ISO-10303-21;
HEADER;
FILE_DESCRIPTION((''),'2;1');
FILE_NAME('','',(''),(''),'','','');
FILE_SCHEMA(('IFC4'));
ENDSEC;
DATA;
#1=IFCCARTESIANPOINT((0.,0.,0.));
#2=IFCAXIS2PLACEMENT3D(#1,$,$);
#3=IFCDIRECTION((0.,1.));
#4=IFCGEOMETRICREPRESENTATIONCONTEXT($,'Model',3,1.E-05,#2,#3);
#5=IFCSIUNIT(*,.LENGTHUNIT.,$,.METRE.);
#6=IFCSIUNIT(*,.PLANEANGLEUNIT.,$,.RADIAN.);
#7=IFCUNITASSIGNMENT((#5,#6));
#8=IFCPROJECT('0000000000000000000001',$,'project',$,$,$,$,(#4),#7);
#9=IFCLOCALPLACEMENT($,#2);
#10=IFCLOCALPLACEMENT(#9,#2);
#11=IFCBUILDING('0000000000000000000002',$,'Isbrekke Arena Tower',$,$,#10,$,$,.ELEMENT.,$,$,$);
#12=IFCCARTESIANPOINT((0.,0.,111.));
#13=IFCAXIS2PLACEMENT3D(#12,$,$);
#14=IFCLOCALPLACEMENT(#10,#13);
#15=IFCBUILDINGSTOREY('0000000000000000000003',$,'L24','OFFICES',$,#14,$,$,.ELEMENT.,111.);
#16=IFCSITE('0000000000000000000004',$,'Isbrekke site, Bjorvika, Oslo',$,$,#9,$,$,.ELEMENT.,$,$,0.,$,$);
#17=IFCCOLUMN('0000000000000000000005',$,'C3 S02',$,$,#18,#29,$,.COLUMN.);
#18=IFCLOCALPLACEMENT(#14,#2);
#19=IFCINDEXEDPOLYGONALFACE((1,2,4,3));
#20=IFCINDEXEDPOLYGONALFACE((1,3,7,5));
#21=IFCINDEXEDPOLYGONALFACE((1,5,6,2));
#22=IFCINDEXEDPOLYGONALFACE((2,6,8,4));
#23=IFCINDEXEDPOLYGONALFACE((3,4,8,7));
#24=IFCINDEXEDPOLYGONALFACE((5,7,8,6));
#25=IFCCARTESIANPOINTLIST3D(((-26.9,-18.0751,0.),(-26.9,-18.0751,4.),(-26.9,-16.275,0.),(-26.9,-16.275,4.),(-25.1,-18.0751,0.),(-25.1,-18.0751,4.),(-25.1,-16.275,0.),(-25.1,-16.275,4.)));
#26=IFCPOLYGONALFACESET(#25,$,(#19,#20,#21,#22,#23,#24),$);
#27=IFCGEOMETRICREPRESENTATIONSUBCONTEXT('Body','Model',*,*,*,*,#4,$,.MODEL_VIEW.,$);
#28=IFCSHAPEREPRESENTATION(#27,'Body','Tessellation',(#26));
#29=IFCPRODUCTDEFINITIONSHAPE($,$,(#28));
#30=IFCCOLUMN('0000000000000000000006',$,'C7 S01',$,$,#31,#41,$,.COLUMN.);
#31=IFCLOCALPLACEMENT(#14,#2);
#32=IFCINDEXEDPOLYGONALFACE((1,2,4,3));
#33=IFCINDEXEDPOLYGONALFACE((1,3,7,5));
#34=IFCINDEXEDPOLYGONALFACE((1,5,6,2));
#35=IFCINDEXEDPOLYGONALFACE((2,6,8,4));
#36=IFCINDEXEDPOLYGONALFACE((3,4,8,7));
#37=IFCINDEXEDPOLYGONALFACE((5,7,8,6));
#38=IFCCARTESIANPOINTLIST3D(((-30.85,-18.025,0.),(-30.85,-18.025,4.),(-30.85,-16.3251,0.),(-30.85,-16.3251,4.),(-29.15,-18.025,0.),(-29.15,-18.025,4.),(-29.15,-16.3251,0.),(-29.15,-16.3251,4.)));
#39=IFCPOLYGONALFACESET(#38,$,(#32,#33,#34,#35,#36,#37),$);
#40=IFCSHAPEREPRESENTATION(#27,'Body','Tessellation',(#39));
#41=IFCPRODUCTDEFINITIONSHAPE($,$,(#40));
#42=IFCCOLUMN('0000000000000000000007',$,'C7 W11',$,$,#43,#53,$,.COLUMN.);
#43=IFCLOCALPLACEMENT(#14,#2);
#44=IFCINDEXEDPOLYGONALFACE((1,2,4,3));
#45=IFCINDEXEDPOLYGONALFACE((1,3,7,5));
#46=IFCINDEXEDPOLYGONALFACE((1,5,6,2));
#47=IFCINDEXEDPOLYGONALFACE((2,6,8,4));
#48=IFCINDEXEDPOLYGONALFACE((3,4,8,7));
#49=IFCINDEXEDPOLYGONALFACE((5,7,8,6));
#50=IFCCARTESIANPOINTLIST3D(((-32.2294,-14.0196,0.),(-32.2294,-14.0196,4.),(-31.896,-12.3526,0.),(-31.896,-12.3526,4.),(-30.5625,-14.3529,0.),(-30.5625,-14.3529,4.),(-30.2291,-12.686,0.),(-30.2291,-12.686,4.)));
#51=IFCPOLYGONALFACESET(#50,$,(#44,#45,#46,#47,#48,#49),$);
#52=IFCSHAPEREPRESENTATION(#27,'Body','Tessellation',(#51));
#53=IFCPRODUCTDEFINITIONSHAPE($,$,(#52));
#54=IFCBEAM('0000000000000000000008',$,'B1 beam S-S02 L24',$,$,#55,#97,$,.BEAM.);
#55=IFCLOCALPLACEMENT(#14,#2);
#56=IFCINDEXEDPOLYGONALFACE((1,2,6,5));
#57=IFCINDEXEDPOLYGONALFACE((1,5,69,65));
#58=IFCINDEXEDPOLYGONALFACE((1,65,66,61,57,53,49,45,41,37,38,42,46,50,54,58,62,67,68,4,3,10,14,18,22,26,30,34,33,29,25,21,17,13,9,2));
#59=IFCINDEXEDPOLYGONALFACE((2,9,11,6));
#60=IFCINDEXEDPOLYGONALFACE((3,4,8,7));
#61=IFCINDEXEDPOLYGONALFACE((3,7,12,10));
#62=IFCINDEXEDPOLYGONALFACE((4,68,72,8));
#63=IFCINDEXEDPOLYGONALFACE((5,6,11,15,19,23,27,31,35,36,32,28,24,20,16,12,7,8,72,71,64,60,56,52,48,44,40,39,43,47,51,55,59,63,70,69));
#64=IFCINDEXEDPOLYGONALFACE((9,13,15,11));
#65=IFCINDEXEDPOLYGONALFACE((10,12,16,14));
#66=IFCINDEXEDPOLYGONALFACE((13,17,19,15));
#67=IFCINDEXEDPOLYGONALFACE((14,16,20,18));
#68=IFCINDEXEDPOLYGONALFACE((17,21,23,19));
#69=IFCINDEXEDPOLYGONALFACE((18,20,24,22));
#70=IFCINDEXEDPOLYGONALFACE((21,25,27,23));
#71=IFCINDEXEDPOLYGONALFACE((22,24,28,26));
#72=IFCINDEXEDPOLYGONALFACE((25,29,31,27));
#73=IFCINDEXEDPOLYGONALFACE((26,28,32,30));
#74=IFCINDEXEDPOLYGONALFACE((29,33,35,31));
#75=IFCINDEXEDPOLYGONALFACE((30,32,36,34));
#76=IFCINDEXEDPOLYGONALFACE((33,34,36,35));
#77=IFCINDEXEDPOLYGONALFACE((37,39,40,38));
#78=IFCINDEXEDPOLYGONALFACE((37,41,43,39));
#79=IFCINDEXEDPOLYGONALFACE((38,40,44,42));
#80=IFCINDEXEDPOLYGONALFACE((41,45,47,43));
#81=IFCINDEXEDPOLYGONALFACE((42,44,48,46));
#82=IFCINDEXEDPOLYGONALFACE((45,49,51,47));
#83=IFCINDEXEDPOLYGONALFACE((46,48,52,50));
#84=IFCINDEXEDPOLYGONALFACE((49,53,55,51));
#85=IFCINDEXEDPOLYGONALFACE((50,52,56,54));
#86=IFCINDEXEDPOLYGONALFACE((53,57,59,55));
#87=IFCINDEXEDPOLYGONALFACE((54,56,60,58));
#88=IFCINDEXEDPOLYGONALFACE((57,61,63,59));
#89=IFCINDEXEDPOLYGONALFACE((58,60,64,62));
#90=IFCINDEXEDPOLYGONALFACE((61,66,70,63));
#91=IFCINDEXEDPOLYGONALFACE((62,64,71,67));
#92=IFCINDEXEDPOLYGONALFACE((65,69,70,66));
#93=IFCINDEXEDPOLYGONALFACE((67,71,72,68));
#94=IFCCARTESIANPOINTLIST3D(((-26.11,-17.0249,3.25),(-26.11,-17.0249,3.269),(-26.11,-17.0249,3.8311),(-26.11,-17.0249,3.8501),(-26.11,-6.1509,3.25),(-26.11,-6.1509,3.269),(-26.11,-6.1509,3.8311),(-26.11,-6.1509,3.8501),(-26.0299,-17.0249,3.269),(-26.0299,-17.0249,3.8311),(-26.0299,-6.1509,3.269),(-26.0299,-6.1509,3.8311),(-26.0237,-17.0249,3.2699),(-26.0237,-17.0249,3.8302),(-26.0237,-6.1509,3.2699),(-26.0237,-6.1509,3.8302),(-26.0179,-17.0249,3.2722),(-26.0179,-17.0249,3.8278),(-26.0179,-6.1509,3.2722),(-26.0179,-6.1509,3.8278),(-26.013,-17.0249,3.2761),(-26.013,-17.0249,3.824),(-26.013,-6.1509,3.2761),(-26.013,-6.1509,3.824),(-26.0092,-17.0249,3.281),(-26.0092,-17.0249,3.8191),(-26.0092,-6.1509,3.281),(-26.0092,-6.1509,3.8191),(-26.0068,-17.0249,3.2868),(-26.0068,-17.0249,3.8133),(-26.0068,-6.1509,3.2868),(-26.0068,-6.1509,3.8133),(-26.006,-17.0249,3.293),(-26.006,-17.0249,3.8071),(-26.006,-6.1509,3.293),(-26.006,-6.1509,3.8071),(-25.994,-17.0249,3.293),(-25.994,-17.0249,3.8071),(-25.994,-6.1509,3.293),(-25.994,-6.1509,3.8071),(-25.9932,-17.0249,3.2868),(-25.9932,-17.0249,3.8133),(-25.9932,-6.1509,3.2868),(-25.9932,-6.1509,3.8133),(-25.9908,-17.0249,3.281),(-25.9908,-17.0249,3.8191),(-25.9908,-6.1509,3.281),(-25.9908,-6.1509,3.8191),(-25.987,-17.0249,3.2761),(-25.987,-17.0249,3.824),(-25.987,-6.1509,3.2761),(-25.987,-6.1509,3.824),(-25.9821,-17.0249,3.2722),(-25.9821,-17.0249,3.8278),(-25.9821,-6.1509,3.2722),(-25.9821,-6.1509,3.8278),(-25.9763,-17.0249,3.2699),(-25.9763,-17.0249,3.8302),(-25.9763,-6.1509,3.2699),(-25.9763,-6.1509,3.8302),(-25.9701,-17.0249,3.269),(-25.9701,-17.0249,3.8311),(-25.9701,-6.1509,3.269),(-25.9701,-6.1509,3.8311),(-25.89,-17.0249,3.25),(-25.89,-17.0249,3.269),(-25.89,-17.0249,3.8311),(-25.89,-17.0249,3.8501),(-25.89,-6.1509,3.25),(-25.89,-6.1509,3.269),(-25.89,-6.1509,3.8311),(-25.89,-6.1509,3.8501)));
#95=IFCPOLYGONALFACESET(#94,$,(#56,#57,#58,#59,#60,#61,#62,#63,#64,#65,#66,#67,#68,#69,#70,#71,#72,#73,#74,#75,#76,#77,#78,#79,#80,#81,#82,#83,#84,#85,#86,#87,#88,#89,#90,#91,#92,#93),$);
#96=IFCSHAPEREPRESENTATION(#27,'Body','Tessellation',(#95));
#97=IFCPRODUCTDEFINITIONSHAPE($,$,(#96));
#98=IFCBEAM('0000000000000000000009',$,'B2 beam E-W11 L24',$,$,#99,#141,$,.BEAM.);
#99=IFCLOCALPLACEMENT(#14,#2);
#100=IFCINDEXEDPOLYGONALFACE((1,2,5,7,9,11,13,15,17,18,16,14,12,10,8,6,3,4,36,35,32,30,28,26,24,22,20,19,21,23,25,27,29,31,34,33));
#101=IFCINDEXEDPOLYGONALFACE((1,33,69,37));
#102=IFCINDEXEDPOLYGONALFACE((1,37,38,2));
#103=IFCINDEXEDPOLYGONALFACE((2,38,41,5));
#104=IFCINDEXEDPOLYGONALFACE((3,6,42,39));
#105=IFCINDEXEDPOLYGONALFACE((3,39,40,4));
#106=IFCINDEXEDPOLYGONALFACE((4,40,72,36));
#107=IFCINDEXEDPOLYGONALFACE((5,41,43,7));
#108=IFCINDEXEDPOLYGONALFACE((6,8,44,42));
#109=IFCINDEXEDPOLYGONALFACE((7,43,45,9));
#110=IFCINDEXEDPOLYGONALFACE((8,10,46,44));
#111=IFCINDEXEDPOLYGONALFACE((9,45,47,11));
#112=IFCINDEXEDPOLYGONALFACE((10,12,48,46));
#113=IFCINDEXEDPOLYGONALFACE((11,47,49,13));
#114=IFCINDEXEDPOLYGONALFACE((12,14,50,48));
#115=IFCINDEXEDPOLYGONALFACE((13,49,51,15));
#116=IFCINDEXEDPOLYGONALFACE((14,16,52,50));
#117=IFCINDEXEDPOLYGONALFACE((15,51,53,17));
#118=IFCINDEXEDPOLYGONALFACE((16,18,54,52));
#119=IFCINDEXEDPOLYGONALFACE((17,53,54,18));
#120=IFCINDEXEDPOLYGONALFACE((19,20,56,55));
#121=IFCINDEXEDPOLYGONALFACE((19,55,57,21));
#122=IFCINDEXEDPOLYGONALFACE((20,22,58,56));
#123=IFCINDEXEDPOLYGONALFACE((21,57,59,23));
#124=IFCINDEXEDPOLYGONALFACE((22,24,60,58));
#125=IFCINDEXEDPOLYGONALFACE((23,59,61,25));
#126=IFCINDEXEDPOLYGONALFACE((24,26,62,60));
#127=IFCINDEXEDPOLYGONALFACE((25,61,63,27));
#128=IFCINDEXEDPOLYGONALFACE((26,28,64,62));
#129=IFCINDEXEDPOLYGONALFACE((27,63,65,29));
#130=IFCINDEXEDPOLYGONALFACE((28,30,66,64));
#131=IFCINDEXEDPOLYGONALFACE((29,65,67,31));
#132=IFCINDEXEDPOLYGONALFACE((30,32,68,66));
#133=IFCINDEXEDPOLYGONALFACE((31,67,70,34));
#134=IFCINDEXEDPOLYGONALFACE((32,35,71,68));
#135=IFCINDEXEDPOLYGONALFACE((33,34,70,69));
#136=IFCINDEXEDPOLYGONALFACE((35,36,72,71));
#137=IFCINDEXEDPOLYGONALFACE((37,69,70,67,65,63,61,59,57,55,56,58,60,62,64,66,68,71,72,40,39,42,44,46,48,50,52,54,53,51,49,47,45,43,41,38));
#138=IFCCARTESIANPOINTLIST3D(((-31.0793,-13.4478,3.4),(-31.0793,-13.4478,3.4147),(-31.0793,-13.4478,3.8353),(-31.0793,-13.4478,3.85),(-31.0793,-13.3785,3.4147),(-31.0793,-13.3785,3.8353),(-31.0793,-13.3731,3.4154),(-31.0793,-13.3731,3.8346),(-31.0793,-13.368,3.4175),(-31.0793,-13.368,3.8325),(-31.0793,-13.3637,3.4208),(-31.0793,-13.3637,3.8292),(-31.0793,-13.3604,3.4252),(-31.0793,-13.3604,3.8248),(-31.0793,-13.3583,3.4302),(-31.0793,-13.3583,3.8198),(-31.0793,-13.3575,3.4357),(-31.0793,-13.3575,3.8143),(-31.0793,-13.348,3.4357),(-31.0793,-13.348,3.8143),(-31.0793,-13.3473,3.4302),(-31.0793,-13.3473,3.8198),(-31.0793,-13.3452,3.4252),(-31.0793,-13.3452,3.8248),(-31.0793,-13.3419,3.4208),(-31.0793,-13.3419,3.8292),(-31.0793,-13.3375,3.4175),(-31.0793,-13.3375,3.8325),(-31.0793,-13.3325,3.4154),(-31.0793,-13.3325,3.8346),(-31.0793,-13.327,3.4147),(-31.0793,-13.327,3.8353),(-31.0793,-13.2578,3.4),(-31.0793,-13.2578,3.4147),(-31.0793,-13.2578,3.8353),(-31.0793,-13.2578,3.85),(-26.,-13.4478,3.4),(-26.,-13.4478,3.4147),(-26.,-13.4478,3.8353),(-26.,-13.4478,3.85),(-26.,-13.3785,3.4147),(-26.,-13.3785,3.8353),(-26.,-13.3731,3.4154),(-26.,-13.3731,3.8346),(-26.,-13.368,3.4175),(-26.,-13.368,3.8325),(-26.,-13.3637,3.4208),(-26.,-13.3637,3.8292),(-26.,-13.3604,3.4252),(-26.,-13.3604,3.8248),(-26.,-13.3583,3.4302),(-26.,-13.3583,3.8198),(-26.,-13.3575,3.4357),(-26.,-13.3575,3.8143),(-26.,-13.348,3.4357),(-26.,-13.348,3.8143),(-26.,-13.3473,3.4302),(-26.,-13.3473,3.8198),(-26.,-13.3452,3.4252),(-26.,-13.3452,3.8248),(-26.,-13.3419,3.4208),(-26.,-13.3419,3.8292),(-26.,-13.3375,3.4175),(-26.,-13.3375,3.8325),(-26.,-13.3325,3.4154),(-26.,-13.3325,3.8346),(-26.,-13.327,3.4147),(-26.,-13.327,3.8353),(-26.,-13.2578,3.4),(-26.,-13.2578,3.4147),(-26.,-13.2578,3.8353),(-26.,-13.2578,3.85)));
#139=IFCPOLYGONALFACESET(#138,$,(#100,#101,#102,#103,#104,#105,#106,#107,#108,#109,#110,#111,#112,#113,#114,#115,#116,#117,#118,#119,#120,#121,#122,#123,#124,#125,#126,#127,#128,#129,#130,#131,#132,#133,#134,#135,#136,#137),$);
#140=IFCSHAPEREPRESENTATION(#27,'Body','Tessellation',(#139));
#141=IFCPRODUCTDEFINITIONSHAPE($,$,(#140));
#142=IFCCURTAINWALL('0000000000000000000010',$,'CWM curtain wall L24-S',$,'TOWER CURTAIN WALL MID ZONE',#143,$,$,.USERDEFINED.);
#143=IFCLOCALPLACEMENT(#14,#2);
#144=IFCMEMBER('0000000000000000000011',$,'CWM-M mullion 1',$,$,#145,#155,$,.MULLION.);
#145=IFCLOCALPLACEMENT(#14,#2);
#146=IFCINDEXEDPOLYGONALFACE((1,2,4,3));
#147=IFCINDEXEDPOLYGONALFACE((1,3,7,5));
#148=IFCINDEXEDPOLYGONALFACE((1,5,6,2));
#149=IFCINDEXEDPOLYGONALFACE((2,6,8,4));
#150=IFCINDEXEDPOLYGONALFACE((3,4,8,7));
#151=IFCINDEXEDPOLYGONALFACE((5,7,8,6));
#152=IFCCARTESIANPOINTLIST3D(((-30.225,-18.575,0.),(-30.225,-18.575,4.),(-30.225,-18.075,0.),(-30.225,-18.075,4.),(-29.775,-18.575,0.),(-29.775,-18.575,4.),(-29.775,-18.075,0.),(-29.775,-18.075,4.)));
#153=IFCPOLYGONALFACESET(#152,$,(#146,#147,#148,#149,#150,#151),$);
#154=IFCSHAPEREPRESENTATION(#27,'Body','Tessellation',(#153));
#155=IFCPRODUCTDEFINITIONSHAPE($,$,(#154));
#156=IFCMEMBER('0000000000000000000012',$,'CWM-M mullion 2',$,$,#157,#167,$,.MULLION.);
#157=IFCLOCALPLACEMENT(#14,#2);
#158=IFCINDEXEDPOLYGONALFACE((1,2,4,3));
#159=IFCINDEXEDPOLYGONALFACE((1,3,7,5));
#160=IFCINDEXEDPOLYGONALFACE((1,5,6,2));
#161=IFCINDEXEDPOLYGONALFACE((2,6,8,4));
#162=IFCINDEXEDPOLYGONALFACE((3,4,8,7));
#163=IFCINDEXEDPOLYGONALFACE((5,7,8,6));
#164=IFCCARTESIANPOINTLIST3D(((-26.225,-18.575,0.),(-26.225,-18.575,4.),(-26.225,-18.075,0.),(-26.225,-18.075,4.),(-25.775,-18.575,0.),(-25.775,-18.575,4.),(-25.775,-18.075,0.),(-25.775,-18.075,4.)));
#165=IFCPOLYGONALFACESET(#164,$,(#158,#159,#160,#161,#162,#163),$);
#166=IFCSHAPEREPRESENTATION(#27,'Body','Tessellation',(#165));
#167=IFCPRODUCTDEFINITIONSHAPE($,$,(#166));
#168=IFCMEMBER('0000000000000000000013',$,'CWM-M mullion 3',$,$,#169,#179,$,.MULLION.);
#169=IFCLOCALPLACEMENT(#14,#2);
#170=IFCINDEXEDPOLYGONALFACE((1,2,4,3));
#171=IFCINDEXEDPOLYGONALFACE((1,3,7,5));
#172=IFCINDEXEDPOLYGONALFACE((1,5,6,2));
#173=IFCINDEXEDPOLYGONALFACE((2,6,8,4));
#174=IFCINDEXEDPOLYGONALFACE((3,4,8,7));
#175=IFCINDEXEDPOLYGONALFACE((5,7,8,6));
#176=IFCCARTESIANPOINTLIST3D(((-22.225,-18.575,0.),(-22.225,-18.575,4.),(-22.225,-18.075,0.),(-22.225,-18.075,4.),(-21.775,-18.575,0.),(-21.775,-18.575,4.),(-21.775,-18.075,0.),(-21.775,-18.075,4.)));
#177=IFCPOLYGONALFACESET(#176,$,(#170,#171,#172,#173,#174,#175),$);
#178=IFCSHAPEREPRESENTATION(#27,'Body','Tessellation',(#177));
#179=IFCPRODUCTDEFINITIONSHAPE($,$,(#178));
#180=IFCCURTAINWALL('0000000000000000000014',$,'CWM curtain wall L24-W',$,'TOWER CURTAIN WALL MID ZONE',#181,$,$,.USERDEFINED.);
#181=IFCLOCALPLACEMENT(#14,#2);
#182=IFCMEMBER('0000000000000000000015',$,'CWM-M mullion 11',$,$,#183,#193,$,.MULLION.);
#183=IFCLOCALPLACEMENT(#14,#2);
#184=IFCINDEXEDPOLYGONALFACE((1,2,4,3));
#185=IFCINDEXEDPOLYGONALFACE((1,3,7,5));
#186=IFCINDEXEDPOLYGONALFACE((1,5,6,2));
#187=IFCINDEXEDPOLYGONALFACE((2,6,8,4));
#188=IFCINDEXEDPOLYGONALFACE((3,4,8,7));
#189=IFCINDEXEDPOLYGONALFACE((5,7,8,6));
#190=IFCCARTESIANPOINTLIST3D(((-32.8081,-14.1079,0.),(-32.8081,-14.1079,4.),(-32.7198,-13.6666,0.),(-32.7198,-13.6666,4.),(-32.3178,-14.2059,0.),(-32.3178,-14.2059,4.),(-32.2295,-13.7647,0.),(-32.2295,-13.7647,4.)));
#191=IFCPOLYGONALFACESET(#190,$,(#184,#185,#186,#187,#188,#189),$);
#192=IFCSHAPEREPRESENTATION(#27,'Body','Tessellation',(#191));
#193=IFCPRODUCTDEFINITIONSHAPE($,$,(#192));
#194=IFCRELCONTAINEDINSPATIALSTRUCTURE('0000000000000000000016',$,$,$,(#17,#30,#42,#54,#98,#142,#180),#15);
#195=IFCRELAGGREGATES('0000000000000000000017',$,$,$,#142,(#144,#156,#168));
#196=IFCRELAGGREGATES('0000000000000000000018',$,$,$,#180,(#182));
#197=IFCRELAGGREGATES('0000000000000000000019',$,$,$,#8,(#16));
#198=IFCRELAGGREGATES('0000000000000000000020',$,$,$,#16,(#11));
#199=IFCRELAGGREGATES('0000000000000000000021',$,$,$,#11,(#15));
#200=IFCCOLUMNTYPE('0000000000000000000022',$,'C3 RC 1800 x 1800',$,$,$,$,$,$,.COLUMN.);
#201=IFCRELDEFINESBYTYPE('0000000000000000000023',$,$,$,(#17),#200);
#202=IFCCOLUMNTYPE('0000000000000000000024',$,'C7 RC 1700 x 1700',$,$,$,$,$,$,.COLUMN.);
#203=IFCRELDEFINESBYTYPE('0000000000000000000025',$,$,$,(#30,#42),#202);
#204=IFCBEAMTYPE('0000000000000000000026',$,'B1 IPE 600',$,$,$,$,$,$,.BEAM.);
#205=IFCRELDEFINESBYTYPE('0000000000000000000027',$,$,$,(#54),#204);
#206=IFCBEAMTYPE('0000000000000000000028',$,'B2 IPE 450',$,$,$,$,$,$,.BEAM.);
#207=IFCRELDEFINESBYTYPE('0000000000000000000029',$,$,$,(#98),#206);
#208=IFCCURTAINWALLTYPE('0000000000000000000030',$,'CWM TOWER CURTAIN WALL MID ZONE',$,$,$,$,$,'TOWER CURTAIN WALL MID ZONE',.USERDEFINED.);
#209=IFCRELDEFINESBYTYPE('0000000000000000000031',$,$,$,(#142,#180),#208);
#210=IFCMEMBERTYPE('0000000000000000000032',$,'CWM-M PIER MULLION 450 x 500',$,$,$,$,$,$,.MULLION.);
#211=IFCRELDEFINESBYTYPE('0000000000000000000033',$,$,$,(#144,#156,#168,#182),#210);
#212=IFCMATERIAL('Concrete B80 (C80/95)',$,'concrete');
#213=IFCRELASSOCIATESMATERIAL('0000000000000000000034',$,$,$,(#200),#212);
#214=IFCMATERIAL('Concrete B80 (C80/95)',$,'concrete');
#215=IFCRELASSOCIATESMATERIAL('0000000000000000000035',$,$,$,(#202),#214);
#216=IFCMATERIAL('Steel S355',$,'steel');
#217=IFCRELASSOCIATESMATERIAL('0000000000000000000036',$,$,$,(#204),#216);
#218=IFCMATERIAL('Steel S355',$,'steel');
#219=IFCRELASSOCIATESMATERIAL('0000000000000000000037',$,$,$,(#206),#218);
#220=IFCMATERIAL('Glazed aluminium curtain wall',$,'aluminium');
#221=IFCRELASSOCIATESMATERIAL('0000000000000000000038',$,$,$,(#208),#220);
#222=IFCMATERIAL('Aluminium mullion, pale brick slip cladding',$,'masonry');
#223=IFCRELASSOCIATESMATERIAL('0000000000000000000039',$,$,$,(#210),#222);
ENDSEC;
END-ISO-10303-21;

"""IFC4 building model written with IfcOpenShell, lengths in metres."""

from ifc_helpers import new_model, si_unit, direction, frame, origin, origin_2d, place, context, subcontext, project, spatial, rectangle, i_section, extrude, material, material_profile, profile_set, type_object, element, aggregate, save


model = new_model("IFC4")

# Units and contexts
model_context = context("Model", 3, precision=1e-05, world=origin(), true_north=direction((0.0, 1.0)))
body_context = subcontext(model_context, "Body", "Model", "MODEL_VIEW")
ifc_project = project(units=[si_unit("LENGTHUNIT", "METRE"), si_unit("PLANEANGLEUNIT", "RADIAN")], contexts=[model_context])

# Site, building, storey
site_placement = place(None, origin())
site = spatial("IfcSite", under=ifc_project, at=site_placement, Name="Isbrekke site, Bjorvika, Oslo", CompositionType="ELEMENT", RefElevation=0.0)
building_placement = place(site_placement, origin())
building = spatial("IfcBuilding", under=site, at=building_placement, Name="Isbrekke Arena Tower", CompositionType="ELEMENT")
storey_placement = place(building_placement, frame((0.0, 0.0, 111.0)))
storey = spatial("IfcBuildingStorey", under=building, at=storey_placement, Name="L24", Description="OFFICES", CompositionType="ELEMENT", Elevation=111.0)

# Columns
ifc_material_1 = material(Name="Concrete B80 (C80/95)", Category="concrete")
ifc_material_profile_1 = material_profile(ifc_material_1, rectangle(XDim=1.8, YDim=1.8, at=origin_2d()), Name="RC 1800x1800")
ifc_profile_set_1 = profile_set([ifc_material_profile_1], Name="Concrete B80 (C80/95)")
column_type_1 = type_object("IfcColumnType", Name="C3 RC 1800 x 1800", PredefinedType="COLUMN", material=ifc_profile_set_1)
column_placement = place(storey_placement, frame((-26.0, -17.175, 0.0), z_axis=(0.0, 0.0, 1.0), x_axis=(1.0, 0.0, 0.0)))
element("IfcColumn", 1, at=column_placement, inside=storey, type_object=column_type_1, Name="C3 S02", PredefinedType="COLUMN", context=body_context, shape_type="SweptSolid", body=[
    extrude(rectangle(XDim=1.8, YDim=1.8, at=origin_2d()), origin(), (0.0, 0.0, 1.0), 4.0),
])
ifc_material_2 = material(Name="Concrete B80 (C80/95)", Category="concrete")
ifc_material_profile_2 = material_profile(ifc_material_2, rectangle(XDim=1.7, YDim=1.7, at=origin_2d()), Name="RC 1700x1700")
ifc_profile_set_2 = profile_set([ifc_material_profile_2], Name="Concrete B80 (C80/95)")
column_type_2 = type_object("IfcColumnType", Name="C7 RC 1700 x 1700", PredefinedType="COLUMN", material=ifc_profile_set_2)
for number, where, z_axis, x_axis, name in (
    (2, (-30.0, -17.175, 0.0), (0.0, 0.0, 1.0), (1.0, 0.0, 0.0), "C7 S01"),
    (3, (-31.2292, -13.3528, 0.0), (0.0, 0.0, 1.0), (-0.196116, -0.980581, 0.0), "C7 W11"),
):
    element("IfcColumn", number, at=place(storey_placement, frame(where, z_axis=z_axis, x_axis=x_axis)), inside=storey, type_object=column_type_2, Name=name, PredefinedType="COLUMN", context=body_context, shape_type="SweptSolid", body=[
        extrude(rectangle(XDim=1.7, YDim=1.7, at=origin_2d()), origin(), (0.0, 0.0, 1.0), 4.0),
    ])

# Beams
ifc_material_3 = material(Name="Steel S355", Category="steel")
ifc_material_profile_3 = material_profile(ifc_material_3, i_section(OverallWidth=0.22, OverallDepth=0.6001, WebThickness=0.012, FlangeThickness=0.019, FilletRadius=0.0239, at=origin_2d()), Name="IPE 600")
ifc_profile_set_3 = profile_set([ifc_material_profile_3], Name="Steel S355")
beam_type_1 = type_object("IfcBeamType", Name="B1 IPE 600", PredefinedType="BEAM", material=ifc_profile_set_3)
beam_1_placement = place(storey_placement, frame((-26.0, -17.0249, 3.55), z_axis=(0.0, 1.0, 0.0), x_axis=(-1.0, 0.0, 0.0)))
element("IfcBeam", 4, at=beam_1_placement, inside=storey, type_object=beam_type_1, Name="B1 beam S-S02 L24", PredefinedType="BEAM", context=body_context, shape_type="SweptSolid", body=[
    extrude(i_section(OverallWidth=0.22, OverallDepth=0.6001, WebThickness=0.012, FlangeThickness=0.019, FilletRadius=0.0239, at=origin_2d()), origin(), (0.0, 0.0, 1.0), 10.874),
])
ifc_material_4 = material(Name="Steel S355", Category="steel")
ifc_material_profile_4 = material_profile(ifc_material_4, i_section(OverallWidth=0.1899, OverallDepth=0.45, WebThickness=0.0095, FlangeThickness=0.0146, FilletRadius=0.021, at=origin_2d()), Name="IPE 450")
ifc_profile_set_4 = profile_set([ifc_material_profile_4], Name="Steel S355")
beam_type_2 = type_object("IfcBeamType", Name="B2 IPE 450", PredefinedType="BEAM", material=ifc_profile_set_4)
beam_2_placement = place(storey_placement, frame((-31.0793, -13.3528, 3.625), z_axis=(1.0, 0.0, 0.0), x_axis=(0.0, 1.0, 0.0)))
element("IfcBeam", 5, at=beam_2_placement, inside=storey, type_object=beam_type_2, Name="B2 beam E-W11 L24", PredefinedType="BEAM", context=body_context, shape_type="SweptSolid", body=[
    extrude(i_section(OverallWidth=0.1899, OverallDepth=0.45, WebThickness=0.0095, FlangeThickness=0.0146, FilletRadius=0.021, at=origin_2d()), origin(), (0.0, 0.0, 1.0), 5.0793),
])

# Curtain wall, members
ifc_material_5 = material(Name="Glazed aluminium curtain wall", Category="aluminium")
curtain_wall_type = type_object("IfcCurtainWallType", Name="CWM TOWER CURTAIN WALL MID ZONE", ElementType="TOWER CURTAIN WALL MID ZONE", PredefinedType="USERDEFINED", material=ifc_material_5)
curtain_wall_1_placement = place(storey_placement, origin())
curtain_wall_1 = element("IfcCurtainWall", 6, at=curtain_wall_1_placement, inside=storey, type_object=curtain_wall_type, Name="CWM curtain wall L24-S", ObjectType="TOWER CURTAIN WALL MID ZONE", PredefinedType="USERDEFINED")
ifc_material_6 = material(Name="Aluminium mullion, pale brick slip cladding", Category="masonry")
ifc_material_profile_5 = material_profile(ifc_material_6, rectangle(XDim=0.45, YDim=0.5, at=origin_2d()), Name="PIER 450X500")
ifc_profile_set_5 = profile_set([ifc_material_profile_5], Name="Aluminium mullion, pale brick slip cladding")
member_type_1 = type_object("IfcMemberType", Name="CWM-M PIER MULLION 450 x 500", PredefinedType="MULLION", material=ifc_profile_set_5)
member_1_placement = place(storey_placement, frame((-30.0, -18.325, 0.0), z_axis=(0.0, 0.0, 1.0), x_axis=(1.0, 0.0, 0.0)))
member_1 = element("IfcMember", 7, at=member_1_placement, type_object=member_type_1, Name="CWM-M mullion 1", PredefinedType="MULLION", context=body_context, shape_type="SweptSolid", body=[
    extrude(rectangle(XDim=0.45, YDim=0.5, at=origin_2d()), origin(), (0.0, 0.0, 1.0), 4.0),
])
member_2_placement = place(storey_placement, frame((-26.0, -18.325, 0.0), z_axis=(0.0, 0.0, 1.0), x_axis=(1.0, 0.0, 0.0)))
member_2 = element("IfcMember", 8, at=member_2_placement, type_object=member_type_1, Name="CWM-M mullion 2", PredefinedType="MULLION", context=body_context, shape_type="SweptSolid", body=[
    extrude(rectangle(XDim=0.45, YDim=0.5, at=origin_2d()), origin(), (0.0, 0.0, 1.0), 4.0),
])
member_3_placement = place(storey_placement, frame((-22.0, -18.325, 0.0), z_axis=(0.0, 0.0, 1.0), x_axis=(1.0, 0.0, 0.0)))
member_3 = element("IfcMember", 9, at=member_3_placement, type_object=member_type_1, Name="CWM-M mullion 3", PredefinedType="MULLION", context=body_context, shape_type="SweptSolid", body=[
    extrude(rectangle(XDim=0.45, YDim=0.5, at=origin_2d()), origin(), (0.0, 0.0, 1.0), 4.0),
])

# Curtain wall, member
curtain_wall_2_placement = place(storey_placement, origin())
curtain_wall_2 = element("IfcCurtainWall", 10, at=curtain_wall_2_placement, inside=storey, type_object=curtain_wall_type, Name="CWM curtain wall L24-W", ObjectType="TOWER CURTAIN WALL MID ZONE", PredefinedType="USERDEFINED")
member_4_placement = place(storey_placement, frame((-32.5188, -13.9363, 0.0), z_axis=(0.0, 0.0, 1.0), x_axis=(-0.196116, -0.980581, 0.0)))
member_4 = element("IfcMember", 11, at=member_4_placement, type_object=member_type_1, Name="CWM-M mullion 11", PredefinedType="MULLION", context=body_context, shape_type="SweptSolid", body=[
    extrude(rectangle(XDim=0.45, YDim=0.5, at=origin_2d()), origin(), (0.0, 0.0, 1.0), 4.0),
])

aggregate(curtain_wall_1, [member_1, member_2, member_3])
aggregate(curtain_wall_2, [member_4])

save(model, "model.ifc")
